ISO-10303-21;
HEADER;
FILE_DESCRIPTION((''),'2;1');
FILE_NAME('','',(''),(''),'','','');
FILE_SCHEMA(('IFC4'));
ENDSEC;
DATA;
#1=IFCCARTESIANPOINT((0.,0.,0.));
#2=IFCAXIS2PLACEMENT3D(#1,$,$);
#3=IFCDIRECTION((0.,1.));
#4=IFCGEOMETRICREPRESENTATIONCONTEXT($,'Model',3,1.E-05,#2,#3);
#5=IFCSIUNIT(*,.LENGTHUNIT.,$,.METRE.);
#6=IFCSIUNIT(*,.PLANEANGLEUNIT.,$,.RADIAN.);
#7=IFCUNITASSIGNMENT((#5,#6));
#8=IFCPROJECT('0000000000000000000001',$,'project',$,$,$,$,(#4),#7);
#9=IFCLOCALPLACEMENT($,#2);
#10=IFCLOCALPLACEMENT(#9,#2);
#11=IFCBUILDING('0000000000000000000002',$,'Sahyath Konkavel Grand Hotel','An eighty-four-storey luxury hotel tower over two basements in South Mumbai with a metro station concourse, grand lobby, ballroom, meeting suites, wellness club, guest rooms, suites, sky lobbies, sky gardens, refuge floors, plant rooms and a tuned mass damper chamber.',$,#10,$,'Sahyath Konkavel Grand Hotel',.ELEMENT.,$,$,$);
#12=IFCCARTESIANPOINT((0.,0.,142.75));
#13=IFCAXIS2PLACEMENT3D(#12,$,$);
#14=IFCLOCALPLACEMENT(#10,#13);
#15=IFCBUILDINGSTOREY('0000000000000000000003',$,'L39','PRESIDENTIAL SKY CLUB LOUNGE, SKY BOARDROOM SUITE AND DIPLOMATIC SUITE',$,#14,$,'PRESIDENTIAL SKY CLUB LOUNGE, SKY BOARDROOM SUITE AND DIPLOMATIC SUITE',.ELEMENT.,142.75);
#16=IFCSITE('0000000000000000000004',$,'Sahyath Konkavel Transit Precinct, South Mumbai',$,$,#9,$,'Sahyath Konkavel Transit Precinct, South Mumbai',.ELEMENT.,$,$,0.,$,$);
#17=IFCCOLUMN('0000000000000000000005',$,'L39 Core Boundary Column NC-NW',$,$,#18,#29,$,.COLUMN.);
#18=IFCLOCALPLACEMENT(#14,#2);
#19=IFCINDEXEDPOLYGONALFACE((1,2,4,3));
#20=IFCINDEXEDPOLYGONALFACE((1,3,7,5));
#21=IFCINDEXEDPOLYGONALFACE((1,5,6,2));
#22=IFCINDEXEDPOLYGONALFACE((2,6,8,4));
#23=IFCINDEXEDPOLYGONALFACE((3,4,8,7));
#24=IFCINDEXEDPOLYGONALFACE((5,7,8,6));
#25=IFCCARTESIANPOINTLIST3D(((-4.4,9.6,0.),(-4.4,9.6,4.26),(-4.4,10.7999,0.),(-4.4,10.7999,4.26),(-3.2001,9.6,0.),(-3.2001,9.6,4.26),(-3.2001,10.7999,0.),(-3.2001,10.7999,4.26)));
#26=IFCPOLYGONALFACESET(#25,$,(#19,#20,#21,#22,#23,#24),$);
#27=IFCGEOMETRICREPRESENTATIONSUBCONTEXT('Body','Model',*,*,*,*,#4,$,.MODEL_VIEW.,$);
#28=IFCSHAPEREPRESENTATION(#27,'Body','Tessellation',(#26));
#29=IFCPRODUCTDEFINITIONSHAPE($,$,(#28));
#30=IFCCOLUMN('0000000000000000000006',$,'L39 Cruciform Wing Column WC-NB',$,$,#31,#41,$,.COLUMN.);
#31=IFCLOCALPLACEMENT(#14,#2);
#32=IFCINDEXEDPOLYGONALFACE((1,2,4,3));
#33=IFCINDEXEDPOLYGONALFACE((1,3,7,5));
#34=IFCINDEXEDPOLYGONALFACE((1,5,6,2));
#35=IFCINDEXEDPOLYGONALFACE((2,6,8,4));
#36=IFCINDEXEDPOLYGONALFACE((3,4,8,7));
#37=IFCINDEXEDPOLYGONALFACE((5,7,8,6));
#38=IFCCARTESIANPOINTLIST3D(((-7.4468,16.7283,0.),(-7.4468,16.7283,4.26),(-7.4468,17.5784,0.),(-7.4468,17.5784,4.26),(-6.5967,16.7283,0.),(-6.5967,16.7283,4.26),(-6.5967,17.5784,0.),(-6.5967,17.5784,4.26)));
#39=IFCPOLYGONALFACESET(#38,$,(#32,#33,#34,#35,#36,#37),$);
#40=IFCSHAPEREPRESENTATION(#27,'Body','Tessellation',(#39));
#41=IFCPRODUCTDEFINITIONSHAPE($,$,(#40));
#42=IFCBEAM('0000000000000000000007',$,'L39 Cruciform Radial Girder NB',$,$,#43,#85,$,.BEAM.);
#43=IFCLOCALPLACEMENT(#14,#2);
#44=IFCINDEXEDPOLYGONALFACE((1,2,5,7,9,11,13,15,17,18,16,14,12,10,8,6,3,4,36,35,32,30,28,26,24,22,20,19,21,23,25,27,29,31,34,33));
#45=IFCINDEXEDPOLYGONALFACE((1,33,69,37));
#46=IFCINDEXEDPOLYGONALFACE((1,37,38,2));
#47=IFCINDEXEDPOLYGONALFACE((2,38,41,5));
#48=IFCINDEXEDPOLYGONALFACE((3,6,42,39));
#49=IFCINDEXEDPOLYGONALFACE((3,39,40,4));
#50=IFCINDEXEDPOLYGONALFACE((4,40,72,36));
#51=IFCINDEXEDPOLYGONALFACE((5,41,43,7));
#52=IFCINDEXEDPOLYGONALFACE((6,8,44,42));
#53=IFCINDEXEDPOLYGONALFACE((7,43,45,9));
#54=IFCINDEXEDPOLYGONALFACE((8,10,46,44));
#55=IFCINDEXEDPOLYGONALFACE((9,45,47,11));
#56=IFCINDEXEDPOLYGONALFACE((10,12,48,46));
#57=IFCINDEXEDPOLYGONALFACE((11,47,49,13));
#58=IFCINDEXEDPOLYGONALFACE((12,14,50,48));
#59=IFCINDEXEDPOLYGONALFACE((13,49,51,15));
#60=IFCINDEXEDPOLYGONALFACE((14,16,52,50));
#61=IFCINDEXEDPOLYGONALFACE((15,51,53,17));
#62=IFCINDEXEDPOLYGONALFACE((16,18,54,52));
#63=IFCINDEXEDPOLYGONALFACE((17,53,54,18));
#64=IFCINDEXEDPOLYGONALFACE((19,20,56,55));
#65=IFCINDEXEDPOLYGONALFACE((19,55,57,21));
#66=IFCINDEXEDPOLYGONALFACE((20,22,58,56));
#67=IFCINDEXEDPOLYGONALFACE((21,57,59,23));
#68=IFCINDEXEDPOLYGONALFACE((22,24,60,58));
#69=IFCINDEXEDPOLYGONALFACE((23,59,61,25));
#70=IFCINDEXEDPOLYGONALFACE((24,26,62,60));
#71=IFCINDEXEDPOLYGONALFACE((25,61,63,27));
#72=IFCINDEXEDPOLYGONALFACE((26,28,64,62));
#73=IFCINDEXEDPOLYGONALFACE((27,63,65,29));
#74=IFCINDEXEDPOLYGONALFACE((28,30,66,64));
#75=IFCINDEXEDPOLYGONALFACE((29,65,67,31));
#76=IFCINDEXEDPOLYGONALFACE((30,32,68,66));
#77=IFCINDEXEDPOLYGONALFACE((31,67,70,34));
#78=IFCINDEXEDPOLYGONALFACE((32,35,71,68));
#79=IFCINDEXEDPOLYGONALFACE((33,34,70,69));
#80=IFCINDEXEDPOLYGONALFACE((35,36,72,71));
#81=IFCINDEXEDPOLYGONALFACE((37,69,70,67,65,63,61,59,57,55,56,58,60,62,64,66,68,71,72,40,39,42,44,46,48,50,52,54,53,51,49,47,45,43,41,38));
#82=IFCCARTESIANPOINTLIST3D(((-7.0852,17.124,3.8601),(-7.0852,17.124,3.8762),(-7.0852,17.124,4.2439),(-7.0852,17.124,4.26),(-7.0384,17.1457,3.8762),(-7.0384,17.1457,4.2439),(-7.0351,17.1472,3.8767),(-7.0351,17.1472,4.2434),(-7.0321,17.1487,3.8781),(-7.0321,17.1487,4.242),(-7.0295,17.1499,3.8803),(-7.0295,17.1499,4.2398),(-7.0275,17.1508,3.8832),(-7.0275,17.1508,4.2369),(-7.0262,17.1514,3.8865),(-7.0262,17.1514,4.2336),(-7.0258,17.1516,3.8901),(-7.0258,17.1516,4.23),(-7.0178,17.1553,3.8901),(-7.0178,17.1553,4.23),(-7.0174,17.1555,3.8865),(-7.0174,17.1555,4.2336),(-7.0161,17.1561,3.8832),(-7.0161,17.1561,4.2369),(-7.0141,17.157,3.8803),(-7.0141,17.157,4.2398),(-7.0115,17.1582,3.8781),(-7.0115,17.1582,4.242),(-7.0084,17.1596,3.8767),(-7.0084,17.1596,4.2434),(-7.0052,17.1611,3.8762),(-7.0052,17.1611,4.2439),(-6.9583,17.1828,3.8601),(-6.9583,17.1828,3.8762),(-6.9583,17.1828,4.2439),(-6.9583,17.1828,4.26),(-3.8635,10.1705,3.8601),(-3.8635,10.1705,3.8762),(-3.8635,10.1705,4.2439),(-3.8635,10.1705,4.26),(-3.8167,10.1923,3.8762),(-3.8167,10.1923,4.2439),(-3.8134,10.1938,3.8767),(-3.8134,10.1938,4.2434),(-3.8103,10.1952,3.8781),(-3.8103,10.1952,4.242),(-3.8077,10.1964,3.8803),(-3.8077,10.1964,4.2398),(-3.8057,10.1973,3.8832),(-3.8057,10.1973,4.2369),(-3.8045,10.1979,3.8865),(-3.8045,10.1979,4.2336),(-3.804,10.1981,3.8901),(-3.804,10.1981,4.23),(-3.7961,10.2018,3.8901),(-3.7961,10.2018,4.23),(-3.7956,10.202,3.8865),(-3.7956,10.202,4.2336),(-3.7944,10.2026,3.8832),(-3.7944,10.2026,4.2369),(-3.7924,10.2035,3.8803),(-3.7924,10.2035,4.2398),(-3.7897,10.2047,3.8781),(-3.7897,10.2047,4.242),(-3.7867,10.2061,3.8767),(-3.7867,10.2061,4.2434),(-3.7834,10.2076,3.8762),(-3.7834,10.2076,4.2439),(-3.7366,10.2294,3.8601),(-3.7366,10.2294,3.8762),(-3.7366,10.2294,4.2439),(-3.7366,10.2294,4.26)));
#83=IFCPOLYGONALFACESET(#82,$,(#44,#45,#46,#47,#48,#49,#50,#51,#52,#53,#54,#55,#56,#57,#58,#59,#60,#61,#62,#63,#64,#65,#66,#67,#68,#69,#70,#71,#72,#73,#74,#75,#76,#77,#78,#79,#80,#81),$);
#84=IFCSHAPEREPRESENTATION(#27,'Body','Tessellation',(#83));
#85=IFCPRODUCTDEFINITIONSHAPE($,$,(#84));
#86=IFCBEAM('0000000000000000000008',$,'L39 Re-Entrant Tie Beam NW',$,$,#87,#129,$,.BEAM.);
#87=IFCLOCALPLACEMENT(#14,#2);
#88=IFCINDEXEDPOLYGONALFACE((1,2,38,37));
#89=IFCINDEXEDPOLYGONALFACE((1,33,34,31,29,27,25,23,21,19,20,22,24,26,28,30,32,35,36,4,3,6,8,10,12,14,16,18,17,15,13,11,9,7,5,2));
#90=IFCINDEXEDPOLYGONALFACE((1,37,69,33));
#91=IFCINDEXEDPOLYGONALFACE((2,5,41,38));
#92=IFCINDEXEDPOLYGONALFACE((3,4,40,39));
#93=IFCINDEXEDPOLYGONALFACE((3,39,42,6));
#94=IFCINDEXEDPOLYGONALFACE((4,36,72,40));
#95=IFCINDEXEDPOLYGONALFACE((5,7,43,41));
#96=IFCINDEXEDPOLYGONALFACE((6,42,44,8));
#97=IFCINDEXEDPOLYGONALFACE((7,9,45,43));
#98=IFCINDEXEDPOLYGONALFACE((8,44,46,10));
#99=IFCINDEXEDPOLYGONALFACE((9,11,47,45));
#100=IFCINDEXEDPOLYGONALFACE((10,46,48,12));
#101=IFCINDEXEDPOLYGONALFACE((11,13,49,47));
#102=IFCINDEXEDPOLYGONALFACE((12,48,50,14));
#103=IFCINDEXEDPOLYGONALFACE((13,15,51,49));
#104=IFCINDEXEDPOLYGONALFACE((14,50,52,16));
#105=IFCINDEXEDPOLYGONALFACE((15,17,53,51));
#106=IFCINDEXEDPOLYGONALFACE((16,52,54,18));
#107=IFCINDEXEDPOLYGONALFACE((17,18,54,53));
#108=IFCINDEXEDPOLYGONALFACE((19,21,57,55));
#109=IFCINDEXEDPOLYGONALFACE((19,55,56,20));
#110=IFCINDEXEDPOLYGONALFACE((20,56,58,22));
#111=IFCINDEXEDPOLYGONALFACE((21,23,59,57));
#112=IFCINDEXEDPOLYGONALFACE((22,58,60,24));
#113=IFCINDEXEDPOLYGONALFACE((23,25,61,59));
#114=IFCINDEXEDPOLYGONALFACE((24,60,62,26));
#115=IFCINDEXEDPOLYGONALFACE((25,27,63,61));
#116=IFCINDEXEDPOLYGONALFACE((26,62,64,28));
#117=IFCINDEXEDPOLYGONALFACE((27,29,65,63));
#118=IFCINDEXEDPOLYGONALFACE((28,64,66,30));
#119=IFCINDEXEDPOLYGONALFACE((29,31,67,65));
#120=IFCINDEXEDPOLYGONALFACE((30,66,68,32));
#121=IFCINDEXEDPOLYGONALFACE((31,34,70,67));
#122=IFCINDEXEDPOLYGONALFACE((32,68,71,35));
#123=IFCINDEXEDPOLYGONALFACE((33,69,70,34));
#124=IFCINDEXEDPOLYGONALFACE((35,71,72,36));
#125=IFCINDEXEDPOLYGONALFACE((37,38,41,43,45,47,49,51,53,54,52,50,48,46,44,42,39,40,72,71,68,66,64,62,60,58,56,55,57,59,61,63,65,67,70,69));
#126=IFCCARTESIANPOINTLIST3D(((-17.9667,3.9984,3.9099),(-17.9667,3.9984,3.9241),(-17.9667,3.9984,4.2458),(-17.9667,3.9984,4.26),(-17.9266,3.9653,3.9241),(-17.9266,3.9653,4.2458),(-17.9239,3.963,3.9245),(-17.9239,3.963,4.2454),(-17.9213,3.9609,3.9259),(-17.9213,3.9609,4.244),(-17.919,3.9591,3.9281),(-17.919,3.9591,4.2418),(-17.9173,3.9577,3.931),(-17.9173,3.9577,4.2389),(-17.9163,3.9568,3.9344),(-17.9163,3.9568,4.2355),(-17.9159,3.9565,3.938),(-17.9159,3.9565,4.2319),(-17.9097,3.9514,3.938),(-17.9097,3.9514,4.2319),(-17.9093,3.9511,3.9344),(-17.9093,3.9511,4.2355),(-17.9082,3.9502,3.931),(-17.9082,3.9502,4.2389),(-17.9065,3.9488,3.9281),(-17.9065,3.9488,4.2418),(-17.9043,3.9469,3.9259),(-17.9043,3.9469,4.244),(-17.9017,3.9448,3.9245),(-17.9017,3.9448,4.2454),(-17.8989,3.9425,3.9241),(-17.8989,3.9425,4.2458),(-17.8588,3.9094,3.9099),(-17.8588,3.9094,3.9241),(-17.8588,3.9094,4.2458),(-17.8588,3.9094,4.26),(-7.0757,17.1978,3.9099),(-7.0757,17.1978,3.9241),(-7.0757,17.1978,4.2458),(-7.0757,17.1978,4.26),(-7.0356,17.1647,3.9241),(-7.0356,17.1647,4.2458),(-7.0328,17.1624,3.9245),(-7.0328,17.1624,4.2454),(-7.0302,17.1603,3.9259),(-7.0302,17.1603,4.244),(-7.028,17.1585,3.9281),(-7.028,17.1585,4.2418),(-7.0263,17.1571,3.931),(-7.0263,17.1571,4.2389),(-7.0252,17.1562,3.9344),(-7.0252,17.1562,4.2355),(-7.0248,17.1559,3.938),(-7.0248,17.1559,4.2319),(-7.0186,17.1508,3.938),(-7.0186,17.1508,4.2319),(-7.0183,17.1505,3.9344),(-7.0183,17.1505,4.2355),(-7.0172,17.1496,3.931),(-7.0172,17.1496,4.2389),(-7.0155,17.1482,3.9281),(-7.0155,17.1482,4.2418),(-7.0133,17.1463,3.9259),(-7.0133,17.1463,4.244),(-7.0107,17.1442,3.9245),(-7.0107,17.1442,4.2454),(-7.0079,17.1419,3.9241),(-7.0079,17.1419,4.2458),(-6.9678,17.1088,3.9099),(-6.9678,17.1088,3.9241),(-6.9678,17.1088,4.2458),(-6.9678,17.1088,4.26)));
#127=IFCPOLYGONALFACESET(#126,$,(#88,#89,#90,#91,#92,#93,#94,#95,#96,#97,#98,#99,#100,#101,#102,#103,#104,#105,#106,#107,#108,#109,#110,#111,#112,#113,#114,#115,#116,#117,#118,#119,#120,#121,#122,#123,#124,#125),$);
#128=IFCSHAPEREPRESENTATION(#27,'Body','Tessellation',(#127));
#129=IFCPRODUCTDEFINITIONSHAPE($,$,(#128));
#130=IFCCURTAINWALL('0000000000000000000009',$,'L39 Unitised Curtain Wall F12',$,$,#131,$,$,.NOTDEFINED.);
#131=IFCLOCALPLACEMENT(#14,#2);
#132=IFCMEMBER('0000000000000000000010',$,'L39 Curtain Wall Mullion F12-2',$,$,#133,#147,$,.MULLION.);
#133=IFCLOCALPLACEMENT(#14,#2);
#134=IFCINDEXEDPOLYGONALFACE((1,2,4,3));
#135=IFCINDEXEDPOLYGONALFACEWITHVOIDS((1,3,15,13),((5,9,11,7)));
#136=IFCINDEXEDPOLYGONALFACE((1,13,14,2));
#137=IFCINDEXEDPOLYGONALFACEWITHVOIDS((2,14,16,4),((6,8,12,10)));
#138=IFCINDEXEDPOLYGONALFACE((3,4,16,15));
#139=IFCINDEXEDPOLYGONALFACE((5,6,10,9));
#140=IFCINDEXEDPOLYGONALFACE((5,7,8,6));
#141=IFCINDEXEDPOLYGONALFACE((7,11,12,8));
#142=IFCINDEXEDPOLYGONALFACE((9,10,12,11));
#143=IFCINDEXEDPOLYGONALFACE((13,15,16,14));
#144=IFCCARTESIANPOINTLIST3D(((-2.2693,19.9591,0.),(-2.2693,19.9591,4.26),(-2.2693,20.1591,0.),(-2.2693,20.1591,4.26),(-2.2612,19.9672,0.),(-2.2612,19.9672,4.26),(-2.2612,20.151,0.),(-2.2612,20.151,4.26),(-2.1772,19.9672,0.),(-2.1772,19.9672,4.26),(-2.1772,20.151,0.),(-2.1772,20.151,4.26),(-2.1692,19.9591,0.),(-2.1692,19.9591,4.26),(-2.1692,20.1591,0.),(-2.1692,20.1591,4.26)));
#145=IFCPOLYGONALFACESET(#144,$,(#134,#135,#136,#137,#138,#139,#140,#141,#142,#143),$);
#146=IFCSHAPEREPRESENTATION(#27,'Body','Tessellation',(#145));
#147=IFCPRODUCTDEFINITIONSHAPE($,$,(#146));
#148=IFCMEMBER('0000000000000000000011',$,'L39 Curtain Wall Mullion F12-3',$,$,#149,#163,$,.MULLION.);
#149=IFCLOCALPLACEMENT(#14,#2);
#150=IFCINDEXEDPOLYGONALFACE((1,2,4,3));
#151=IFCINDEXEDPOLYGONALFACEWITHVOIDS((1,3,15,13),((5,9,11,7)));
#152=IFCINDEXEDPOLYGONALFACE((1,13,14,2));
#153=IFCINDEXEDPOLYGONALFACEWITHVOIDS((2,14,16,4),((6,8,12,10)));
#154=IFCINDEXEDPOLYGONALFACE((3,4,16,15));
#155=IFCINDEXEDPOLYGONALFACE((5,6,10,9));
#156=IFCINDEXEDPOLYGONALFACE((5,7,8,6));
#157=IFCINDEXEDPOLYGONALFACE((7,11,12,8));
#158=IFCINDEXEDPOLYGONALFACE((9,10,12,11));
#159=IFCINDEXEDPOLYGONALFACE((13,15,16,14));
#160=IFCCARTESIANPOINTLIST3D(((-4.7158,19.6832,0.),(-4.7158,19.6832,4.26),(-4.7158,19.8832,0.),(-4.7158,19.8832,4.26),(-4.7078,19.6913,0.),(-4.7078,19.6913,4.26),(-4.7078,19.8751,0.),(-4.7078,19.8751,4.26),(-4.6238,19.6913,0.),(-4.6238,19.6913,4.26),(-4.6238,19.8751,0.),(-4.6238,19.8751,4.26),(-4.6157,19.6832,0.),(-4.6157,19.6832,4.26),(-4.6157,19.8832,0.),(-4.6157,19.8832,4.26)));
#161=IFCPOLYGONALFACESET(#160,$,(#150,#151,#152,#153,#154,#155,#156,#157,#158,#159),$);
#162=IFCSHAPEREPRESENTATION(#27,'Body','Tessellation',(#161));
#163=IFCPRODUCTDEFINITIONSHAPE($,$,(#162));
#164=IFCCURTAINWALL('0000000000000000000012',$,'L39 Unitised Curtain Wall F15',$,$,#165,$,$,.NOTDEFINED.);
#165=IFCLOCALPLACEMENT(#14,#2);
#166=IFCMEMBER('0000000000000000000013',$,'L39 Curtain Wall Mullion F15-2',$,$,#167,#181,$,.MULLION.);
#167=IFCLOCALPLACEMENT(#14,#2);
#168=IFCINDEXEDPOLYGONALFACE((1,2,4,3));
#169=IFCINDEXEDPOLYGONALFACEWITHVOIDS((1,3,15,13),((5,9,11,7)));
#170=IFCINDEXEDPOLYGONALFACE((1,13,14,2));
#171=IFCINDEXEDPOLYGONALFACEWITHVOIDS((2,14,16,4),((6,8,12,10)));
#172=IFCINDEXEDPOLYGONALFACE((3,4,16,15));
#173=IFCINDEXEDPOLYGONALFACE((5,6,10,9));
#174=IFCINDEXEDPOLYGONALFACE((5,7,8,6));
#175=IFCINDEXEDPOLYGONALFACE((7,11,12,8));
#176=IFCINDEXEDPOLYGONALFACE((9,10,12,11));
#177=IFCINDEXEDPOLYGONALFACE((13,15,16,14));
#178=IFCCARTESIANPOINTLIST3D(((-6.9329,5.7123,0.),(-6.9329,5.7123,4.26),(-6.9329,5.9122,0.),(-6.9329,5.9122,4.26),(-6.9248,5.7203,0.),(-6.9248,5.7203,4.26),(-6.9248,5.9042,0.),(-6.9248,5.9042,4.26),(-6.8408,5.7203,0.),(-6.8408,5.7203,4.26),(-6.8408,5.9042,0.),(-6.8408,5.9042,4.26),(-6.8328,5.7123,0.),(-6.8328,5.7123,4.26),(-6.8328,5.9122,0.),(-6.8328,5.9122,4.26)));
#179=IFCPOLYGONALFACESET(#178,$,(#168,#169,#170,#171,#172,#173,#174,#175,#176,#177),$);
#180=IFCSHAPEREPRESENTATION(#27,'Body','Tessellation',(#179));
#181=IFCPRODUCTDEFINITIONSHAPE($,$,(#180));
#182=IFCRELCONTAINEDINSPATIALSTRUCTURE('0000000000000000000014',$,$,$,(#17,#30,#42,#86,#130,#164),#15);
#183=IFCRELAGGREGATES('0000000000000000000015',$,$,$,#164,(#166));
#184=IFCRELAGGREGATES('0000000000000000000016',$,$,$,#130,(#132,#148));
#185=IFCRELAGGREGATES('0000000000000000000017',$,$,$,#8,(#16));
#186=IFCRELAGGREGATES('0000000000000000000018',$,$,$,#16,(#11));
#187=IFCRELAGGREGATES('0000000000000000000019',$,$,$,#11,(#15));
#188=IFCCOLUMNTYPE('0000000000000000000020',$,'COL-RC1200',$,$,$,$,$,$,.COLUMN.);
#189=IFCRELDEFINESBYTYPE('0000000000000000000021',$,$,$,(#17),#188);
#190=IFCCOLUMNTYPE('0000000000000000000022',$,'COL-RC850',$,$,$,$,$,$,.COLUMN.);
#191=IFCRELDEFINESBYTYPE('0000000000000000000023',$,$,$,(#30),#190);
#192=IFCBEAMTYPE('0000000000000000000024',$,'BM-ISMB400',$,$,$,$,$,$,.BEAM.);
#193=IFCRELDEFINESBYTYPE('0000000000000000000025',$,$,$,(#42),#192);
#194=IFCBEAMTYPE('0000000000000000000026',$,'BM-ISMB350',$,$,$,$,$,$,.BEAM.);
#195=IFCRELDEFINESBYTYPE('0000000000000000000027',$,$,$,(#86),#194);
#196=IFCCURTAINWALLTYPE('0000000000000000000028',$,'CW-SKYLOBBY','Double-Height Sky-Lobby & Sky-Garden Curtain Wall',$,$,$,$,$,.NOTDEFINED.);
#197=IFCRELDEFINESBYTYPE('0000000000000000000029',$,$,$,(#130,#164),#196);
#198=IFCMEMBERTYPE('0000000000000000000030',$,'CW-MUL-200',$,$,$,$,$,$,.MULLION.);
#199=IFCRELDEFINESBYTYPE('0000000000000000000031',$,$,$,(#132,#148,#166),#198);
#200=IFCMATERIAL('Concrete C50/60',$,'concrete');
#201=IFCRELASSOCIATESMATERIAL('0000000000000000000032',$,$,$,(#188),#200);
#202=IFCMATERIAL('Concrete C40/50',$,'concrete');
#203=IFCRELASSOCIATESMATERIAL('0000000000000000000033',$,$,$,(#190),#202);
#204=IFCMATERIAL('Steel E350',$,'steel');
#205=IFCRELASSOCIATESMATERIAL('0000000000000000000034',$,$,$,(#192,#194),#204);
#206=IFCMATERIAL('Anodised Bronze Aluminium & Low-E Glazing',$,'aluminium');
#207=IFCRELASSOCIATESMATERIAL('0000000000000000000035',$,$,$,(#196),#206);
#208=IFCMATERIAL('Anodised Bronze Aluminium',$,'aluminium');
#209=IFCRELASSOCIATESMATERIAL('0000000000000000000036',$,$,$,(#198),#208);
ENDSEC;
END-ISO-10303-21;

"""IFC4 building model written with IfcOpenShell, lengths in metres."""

from ifc_helpers import new_model, si_unit, direction, frame, origin, origin_2d, place, context, subcontext, project, spatial, rectangle, hollow_rectangle, i_section, extrude, source, transform, mapped, material, material_profile, profile_set, type_object, element, aggregate, save


model = new_model("IFC4")

# Units and contexts
model_context = context("Model", 3, precision=1e-05, world=origin(), true_north=direction((0.0, 1.0)))
body_context = subcontext(model_context, "Body", "Model", "MODEL_VIEW")
ifc_project = project(units=[si_unit("LENGTHUNIT", "METRE"), si_unit("PLANEANGLEUNIT", "RADIAN")], contexts=[model_context])

# Site, building, storey
site_placement = place(None, origin())
site = spatial("IfcSite", under=ifc_project, at=site_placement, Name="Sahyath Konkavel Transit Precinct, South Mumbai", LongName="Sahyath Konkavel Transit Precinct, South Mumbai", CompositionType="ELEMENT", RefElevation=0.0)
building_placement = place(site_placement, origin())
building = spatial("IfcBuilding", under=site, at=building_placement, Name="Sahyath Konkavel Grand Hotel", Description="An eighty-four-storey luxury hotel tower over two basements in South Mumbai with a metro station concourse, grand lobby, ballroom, meeting suites, wellness club, guest rooms, suites, sky lobbies, sky gardens, refuge floors, plant rooms and a tuned mass damper chamber.", LongName="Sahyath Konkavel Grand Hotel", CompositionType="ELEMENT")
storey_placement = place(building_placement, frame((0.0, 0.0, 142.75)))
storey = spatial("IfcBuildingStorey", under=building, at=storey_placement, Name="L39", Description="PRESIDENTIAL SKY CLUB LOUNGE, SKY BOARDROOM SUITE AND DIPLOMATIC SUITE", LongName="PRESIDENTIAL SKY CLUB LOUNGE, SKY BOARDROOM SUITE AND DIPLOMATIC SUITE", CompositionType="ELEMENT", Elevation=142.75)

# Columns
ifc_material_1 = material(Name="Concrete C50/60", Category="concrete")
ifc_material_profile_1 = material_profile(ifc_material_1, rectangle(XDim=1.2, YDim=1.2, at=origin_2d()), Name="RC 1200x1200")
ifc_profile_set_1 = profile_set([ifc_material_profile_1], Name="Concrete C50/60")
column_type_1 = type_object("IfcColumnType", Name="COL-RC1200", PredefinedType="COLUMN", material=ifc_profile_set_1)
shared_shape_1 = source(origin(), body_context, "Body", "SweptSolid", [
    extrude(rectangle(XDim=1.2, YDim=1.2, at=origin_2d()), origin(), (0.0, 0.0, 1.0), 4.26),
])
column_1_placement = place(storey_placement, frame((-3.8, 10.2, 0.0), z_axis=(0.0, 0.0, 1.0), x_axis=(1.0, 0.0, 0.0)))
element("IfcColumn", 1, at=column_1_placement, inside=storey, type_object=column_type_1, Name="L39 Core Boundary Column NC-NW", PredefinedType="COLUMN", context=body_context, shape_type="MappedRepresentation", body=[
    mapped(shared_shape_1, transform((0.0, 0.0, 0.0), scale=1.0)),
])
ifc_material_2 = material(Name="Concrete C40/50", Category="concrete")
ifc_material_profile_2 = material_profile(ifc_material_2, rectangle(XDim=0.8501, YDim=0.8501, at=origin_2d()), Name="RC 850x850")
ifc_profile_set_2 = profile_set([ifc_material_profile_2], Name="Concrete C40/50")
column_type_2 = type_object("IfcColumnType", Name="COL-RC850", PredefinedType="COLUMN", material=ifc_profile_set_2)
shared_shape_2 = source(origin(), body_context, "Body", "SweptSolid", [
    extrude(rectangle(XDim=0.8501, YDim=0.8501, at=origin_2d()), origin(), (0.0, 0.0, 1.0), 4.26),
])
column_2_placement = place(storey_placement, frame((-7.0217, 17.1533, 0.0), z_axis=(0.0, 0.0, 1.0), x_axis=(1.0, 0.0, 0.0)))
element("IfcColumn", 2, at=column_2_placement, inside=storey, type_object=column_type_2, Name="L39 Cruciform Wing Column WC-NB", PredefinedType="COLUMN", context=body_context, shape_type="MappedRepresentation", body=[
    mapped(shared_shape_2, transform((0.0, 0.0, 0.0), scale=1.0)),
])

# Beams
ifc_material_3 = material(Name="Steel E350", Category="steel")
ifc_material_profile_3 = material_profile(ifc_material_3, i_section(OverallWidth=0.1399, OverallDepth=0.3999, WebThickness=0.0088, FlangeThickness=0.0161, FilletRadius=0.0139, at=origin_2d()), Name="ISMB 400")
ifc_profile_set_3 = profile_set([ifc_material_profile_3], Name="Steel E350")
beam_type_1 = type_object("IfcBeamType", Name="BM-ISMB400", PredefinedType="BEAM", material=ifc_profile_set_3)
shared_shape_3 = source(origin(), body_context, "Body", "SweptSolid", [
    extrude(i_section(OverallWidth=0.1399, OverallDepth=0.3999, WebThickness=0.0088, FlangeThickness=0.0161, FilletRadius=0.0139, at=origin_2d()), origin(), (0.0, 0.0, 1.0), 7.6636),
])
beam_1_placement = place(storey_placement, frame((-3.8, 10.2, 4.0601), z_axis=(-0.420395, 0.907341, 0.0), x_axis=(-0.907341, -0.420395, 0.0)))
element("IfcBeam", 3, at=beam_1_placement, inside=storey, type_object=beam_type_1, Name="L39 Cruciform Radial Girder NB", PredefinedType="BEAM", context=body_context, shape_type="MappedRepresentation", body=[
    mapped(shared_shape_3, transform((0.0, 0.0, 0.0), scale=1.0)),
])
ifc_material_profile_4 = material_profile(ifc_material_3, i_section(OverallWidth=0.1399, OverallDepth=0.3501, WebThickness=0.0081, FlangeThickness=0.0142, FilletRadius=0.0139, at=origin_2d()), Name="ISMB 350")
ifc_profile_set_4 = profile_set([ifc_material_profile_4], Name="Steel E350")
beam_type_2 = type_object("IfcBeamType", Name="BM-ISMB350", PredefinedType="BEAM", material=ifc_profile_set_4)
shared_shape_4 = source(origin(), body_context, "Body", "SweptSolid", [
    extrude(i_section(OverallWidth=0.1399, OverallDepth=0.3501, WebThickness=0.0081, FlangeThickness=0.0142, FilletRadius=0.0139, at=origin_2d()), origin(), (0.0, 0.0, 1.0), 17.1125),
])
beam_2_placement = place(storey_placement, frame((-7.0217, 17.1533, 4.085), z_axis=(-0.636437, -0.771329, 0.0), x_axis=(0.771329, -0.636437, 0.0)))
element("IfcBeam", 4, at=beam_2_placement, inside=storey, type_object=beam_type_2, Name="L39 Re-Entrant Tie Beam NW", PredefinedType="BEAM", context=body_context, shape_type="MappedRepresentation", body=[
    mapped(shared_shape_4, transform((0.0, 0.0, 0.0), scale=1.0)),
])

# Curtain wall, members
ifc_material_4 = material(Name="Anodised Bronze Aluminium & Low-E Glazing", Category="aluminium")
curtain_wall_type = type_object("IfcCurtainWallType", Name="CW-SKYLOBBY", Description="Double-Height Sky-Lobby & Sky-Garden Curtain Wall", PredefinedType="NOTDEFINED", material=ifc_material_4)
curtain_wall_1_placement = place(storey_placement, origin())
curtain_wall_1 = element("IfcCurtainWall", 5, at=curtain_wall_1_placement, inside=storey, type_object=curtain_wall_type, Name="L39 Unitised Curtain Wall F12", PredefinedType="NOTDEFINED")
ifc_material_5 = material(Name="Anodised Bronze Aluminium", Category="aluminium")
ifc_material_profile_5 = material_profile(ifc_material_5, hollow_rectangle(XDim=0.1001, YDim=0.2, WallThickness=0.0081, at=origin_2d()), Name="RHS 200x100x8")
ifc_profile_set_5 = profile_set([ifc_material_profile_5], Name="Anodised Bronze Aluminium")
member_type_1 = type_object("IfcMemberType", Name="CW-MUL-200", PredefinedType="MULLION", material=ifc_profile_set_5)
shared_shape_5 = source(origin(), body_context, "Body", "SweptSolid", [
    extrude(hollow_rectangle(XDim=0.1001, YDim=0.2, WallThickness=0.0081, at=origin_2d()), origin(), (0.0, 0.0, 1.0), 4.26),
])
member_1_placement = place(storey_placement, frame((-2.2192, 20.0591, 0.0), z_axis=(0.0, 0.0, 1.0), x_axis=(1.0, 0.0, 0.0)))
member_1 = element("IfcMember", 6, at=member_1_placement, type_object=member_type_1, Name="L39 Curtain Wall Mullion F12-2", PredefinedType="MULLION", context=body_context, shape_type="MappedRepresentation", body=[
    mapped(shared_shape_5, transform((0.0, 0.0, 0.0), scale=1.0)),
])
member_2_placement = place(storey_placement, frame((-4.6658, 19.7832, 0.0), z_axis=(0.0, 0.0, 1.0), x_axis=(1.0, 0.0, 0.0)))
member_2 = element("IfcMember", 7, at=member_2_placement, type_object=member_type_1, Name="L39 Curtain Wall Mullion F12-3", PredefinedType="MULLION", context=body_context, shape_type="MappedRepresentation", body=[
    mapped(shared_shape_5, transform((0.0, 0.0, 0.0), scale=1.0)),
])

# Curtain wall, member
curtain_wall_2_placement = place(storey_placement, origin())
curtain_wall_2 = element("IfcCurtainWall", 8, at=curtain_wall_2_placement, inside=storey, type_object=curtain_wall_type, Name="L39 Unitised Curtain Wall F15", PredefinedType="NOTDEFINED")
member_3_placement = place(storey_placement, frame((-6.8828, 5.8123, 0.0), z_axis=(0.0, 0.0, 1.0), x_axis=(1.0, 0.0, 0.0)))
member_3 = element("IfcMember", 9, at=member_3_placement, type_object=member_type_1, Name="L39 Curtain Wall Mullion F15-2", PredefinedType="MULLION", context=body_context, shape_type="MappedRepresentation", body=[
    mapped(shared_shape_5, transform((0.0, 0.0, 0.0), scale=1.0)),
])
aggregate(curtain_wall_2, [member_3])

aggregate(curtain_wall_1, [member_1, member_2])

save(model, "model.ifc")
